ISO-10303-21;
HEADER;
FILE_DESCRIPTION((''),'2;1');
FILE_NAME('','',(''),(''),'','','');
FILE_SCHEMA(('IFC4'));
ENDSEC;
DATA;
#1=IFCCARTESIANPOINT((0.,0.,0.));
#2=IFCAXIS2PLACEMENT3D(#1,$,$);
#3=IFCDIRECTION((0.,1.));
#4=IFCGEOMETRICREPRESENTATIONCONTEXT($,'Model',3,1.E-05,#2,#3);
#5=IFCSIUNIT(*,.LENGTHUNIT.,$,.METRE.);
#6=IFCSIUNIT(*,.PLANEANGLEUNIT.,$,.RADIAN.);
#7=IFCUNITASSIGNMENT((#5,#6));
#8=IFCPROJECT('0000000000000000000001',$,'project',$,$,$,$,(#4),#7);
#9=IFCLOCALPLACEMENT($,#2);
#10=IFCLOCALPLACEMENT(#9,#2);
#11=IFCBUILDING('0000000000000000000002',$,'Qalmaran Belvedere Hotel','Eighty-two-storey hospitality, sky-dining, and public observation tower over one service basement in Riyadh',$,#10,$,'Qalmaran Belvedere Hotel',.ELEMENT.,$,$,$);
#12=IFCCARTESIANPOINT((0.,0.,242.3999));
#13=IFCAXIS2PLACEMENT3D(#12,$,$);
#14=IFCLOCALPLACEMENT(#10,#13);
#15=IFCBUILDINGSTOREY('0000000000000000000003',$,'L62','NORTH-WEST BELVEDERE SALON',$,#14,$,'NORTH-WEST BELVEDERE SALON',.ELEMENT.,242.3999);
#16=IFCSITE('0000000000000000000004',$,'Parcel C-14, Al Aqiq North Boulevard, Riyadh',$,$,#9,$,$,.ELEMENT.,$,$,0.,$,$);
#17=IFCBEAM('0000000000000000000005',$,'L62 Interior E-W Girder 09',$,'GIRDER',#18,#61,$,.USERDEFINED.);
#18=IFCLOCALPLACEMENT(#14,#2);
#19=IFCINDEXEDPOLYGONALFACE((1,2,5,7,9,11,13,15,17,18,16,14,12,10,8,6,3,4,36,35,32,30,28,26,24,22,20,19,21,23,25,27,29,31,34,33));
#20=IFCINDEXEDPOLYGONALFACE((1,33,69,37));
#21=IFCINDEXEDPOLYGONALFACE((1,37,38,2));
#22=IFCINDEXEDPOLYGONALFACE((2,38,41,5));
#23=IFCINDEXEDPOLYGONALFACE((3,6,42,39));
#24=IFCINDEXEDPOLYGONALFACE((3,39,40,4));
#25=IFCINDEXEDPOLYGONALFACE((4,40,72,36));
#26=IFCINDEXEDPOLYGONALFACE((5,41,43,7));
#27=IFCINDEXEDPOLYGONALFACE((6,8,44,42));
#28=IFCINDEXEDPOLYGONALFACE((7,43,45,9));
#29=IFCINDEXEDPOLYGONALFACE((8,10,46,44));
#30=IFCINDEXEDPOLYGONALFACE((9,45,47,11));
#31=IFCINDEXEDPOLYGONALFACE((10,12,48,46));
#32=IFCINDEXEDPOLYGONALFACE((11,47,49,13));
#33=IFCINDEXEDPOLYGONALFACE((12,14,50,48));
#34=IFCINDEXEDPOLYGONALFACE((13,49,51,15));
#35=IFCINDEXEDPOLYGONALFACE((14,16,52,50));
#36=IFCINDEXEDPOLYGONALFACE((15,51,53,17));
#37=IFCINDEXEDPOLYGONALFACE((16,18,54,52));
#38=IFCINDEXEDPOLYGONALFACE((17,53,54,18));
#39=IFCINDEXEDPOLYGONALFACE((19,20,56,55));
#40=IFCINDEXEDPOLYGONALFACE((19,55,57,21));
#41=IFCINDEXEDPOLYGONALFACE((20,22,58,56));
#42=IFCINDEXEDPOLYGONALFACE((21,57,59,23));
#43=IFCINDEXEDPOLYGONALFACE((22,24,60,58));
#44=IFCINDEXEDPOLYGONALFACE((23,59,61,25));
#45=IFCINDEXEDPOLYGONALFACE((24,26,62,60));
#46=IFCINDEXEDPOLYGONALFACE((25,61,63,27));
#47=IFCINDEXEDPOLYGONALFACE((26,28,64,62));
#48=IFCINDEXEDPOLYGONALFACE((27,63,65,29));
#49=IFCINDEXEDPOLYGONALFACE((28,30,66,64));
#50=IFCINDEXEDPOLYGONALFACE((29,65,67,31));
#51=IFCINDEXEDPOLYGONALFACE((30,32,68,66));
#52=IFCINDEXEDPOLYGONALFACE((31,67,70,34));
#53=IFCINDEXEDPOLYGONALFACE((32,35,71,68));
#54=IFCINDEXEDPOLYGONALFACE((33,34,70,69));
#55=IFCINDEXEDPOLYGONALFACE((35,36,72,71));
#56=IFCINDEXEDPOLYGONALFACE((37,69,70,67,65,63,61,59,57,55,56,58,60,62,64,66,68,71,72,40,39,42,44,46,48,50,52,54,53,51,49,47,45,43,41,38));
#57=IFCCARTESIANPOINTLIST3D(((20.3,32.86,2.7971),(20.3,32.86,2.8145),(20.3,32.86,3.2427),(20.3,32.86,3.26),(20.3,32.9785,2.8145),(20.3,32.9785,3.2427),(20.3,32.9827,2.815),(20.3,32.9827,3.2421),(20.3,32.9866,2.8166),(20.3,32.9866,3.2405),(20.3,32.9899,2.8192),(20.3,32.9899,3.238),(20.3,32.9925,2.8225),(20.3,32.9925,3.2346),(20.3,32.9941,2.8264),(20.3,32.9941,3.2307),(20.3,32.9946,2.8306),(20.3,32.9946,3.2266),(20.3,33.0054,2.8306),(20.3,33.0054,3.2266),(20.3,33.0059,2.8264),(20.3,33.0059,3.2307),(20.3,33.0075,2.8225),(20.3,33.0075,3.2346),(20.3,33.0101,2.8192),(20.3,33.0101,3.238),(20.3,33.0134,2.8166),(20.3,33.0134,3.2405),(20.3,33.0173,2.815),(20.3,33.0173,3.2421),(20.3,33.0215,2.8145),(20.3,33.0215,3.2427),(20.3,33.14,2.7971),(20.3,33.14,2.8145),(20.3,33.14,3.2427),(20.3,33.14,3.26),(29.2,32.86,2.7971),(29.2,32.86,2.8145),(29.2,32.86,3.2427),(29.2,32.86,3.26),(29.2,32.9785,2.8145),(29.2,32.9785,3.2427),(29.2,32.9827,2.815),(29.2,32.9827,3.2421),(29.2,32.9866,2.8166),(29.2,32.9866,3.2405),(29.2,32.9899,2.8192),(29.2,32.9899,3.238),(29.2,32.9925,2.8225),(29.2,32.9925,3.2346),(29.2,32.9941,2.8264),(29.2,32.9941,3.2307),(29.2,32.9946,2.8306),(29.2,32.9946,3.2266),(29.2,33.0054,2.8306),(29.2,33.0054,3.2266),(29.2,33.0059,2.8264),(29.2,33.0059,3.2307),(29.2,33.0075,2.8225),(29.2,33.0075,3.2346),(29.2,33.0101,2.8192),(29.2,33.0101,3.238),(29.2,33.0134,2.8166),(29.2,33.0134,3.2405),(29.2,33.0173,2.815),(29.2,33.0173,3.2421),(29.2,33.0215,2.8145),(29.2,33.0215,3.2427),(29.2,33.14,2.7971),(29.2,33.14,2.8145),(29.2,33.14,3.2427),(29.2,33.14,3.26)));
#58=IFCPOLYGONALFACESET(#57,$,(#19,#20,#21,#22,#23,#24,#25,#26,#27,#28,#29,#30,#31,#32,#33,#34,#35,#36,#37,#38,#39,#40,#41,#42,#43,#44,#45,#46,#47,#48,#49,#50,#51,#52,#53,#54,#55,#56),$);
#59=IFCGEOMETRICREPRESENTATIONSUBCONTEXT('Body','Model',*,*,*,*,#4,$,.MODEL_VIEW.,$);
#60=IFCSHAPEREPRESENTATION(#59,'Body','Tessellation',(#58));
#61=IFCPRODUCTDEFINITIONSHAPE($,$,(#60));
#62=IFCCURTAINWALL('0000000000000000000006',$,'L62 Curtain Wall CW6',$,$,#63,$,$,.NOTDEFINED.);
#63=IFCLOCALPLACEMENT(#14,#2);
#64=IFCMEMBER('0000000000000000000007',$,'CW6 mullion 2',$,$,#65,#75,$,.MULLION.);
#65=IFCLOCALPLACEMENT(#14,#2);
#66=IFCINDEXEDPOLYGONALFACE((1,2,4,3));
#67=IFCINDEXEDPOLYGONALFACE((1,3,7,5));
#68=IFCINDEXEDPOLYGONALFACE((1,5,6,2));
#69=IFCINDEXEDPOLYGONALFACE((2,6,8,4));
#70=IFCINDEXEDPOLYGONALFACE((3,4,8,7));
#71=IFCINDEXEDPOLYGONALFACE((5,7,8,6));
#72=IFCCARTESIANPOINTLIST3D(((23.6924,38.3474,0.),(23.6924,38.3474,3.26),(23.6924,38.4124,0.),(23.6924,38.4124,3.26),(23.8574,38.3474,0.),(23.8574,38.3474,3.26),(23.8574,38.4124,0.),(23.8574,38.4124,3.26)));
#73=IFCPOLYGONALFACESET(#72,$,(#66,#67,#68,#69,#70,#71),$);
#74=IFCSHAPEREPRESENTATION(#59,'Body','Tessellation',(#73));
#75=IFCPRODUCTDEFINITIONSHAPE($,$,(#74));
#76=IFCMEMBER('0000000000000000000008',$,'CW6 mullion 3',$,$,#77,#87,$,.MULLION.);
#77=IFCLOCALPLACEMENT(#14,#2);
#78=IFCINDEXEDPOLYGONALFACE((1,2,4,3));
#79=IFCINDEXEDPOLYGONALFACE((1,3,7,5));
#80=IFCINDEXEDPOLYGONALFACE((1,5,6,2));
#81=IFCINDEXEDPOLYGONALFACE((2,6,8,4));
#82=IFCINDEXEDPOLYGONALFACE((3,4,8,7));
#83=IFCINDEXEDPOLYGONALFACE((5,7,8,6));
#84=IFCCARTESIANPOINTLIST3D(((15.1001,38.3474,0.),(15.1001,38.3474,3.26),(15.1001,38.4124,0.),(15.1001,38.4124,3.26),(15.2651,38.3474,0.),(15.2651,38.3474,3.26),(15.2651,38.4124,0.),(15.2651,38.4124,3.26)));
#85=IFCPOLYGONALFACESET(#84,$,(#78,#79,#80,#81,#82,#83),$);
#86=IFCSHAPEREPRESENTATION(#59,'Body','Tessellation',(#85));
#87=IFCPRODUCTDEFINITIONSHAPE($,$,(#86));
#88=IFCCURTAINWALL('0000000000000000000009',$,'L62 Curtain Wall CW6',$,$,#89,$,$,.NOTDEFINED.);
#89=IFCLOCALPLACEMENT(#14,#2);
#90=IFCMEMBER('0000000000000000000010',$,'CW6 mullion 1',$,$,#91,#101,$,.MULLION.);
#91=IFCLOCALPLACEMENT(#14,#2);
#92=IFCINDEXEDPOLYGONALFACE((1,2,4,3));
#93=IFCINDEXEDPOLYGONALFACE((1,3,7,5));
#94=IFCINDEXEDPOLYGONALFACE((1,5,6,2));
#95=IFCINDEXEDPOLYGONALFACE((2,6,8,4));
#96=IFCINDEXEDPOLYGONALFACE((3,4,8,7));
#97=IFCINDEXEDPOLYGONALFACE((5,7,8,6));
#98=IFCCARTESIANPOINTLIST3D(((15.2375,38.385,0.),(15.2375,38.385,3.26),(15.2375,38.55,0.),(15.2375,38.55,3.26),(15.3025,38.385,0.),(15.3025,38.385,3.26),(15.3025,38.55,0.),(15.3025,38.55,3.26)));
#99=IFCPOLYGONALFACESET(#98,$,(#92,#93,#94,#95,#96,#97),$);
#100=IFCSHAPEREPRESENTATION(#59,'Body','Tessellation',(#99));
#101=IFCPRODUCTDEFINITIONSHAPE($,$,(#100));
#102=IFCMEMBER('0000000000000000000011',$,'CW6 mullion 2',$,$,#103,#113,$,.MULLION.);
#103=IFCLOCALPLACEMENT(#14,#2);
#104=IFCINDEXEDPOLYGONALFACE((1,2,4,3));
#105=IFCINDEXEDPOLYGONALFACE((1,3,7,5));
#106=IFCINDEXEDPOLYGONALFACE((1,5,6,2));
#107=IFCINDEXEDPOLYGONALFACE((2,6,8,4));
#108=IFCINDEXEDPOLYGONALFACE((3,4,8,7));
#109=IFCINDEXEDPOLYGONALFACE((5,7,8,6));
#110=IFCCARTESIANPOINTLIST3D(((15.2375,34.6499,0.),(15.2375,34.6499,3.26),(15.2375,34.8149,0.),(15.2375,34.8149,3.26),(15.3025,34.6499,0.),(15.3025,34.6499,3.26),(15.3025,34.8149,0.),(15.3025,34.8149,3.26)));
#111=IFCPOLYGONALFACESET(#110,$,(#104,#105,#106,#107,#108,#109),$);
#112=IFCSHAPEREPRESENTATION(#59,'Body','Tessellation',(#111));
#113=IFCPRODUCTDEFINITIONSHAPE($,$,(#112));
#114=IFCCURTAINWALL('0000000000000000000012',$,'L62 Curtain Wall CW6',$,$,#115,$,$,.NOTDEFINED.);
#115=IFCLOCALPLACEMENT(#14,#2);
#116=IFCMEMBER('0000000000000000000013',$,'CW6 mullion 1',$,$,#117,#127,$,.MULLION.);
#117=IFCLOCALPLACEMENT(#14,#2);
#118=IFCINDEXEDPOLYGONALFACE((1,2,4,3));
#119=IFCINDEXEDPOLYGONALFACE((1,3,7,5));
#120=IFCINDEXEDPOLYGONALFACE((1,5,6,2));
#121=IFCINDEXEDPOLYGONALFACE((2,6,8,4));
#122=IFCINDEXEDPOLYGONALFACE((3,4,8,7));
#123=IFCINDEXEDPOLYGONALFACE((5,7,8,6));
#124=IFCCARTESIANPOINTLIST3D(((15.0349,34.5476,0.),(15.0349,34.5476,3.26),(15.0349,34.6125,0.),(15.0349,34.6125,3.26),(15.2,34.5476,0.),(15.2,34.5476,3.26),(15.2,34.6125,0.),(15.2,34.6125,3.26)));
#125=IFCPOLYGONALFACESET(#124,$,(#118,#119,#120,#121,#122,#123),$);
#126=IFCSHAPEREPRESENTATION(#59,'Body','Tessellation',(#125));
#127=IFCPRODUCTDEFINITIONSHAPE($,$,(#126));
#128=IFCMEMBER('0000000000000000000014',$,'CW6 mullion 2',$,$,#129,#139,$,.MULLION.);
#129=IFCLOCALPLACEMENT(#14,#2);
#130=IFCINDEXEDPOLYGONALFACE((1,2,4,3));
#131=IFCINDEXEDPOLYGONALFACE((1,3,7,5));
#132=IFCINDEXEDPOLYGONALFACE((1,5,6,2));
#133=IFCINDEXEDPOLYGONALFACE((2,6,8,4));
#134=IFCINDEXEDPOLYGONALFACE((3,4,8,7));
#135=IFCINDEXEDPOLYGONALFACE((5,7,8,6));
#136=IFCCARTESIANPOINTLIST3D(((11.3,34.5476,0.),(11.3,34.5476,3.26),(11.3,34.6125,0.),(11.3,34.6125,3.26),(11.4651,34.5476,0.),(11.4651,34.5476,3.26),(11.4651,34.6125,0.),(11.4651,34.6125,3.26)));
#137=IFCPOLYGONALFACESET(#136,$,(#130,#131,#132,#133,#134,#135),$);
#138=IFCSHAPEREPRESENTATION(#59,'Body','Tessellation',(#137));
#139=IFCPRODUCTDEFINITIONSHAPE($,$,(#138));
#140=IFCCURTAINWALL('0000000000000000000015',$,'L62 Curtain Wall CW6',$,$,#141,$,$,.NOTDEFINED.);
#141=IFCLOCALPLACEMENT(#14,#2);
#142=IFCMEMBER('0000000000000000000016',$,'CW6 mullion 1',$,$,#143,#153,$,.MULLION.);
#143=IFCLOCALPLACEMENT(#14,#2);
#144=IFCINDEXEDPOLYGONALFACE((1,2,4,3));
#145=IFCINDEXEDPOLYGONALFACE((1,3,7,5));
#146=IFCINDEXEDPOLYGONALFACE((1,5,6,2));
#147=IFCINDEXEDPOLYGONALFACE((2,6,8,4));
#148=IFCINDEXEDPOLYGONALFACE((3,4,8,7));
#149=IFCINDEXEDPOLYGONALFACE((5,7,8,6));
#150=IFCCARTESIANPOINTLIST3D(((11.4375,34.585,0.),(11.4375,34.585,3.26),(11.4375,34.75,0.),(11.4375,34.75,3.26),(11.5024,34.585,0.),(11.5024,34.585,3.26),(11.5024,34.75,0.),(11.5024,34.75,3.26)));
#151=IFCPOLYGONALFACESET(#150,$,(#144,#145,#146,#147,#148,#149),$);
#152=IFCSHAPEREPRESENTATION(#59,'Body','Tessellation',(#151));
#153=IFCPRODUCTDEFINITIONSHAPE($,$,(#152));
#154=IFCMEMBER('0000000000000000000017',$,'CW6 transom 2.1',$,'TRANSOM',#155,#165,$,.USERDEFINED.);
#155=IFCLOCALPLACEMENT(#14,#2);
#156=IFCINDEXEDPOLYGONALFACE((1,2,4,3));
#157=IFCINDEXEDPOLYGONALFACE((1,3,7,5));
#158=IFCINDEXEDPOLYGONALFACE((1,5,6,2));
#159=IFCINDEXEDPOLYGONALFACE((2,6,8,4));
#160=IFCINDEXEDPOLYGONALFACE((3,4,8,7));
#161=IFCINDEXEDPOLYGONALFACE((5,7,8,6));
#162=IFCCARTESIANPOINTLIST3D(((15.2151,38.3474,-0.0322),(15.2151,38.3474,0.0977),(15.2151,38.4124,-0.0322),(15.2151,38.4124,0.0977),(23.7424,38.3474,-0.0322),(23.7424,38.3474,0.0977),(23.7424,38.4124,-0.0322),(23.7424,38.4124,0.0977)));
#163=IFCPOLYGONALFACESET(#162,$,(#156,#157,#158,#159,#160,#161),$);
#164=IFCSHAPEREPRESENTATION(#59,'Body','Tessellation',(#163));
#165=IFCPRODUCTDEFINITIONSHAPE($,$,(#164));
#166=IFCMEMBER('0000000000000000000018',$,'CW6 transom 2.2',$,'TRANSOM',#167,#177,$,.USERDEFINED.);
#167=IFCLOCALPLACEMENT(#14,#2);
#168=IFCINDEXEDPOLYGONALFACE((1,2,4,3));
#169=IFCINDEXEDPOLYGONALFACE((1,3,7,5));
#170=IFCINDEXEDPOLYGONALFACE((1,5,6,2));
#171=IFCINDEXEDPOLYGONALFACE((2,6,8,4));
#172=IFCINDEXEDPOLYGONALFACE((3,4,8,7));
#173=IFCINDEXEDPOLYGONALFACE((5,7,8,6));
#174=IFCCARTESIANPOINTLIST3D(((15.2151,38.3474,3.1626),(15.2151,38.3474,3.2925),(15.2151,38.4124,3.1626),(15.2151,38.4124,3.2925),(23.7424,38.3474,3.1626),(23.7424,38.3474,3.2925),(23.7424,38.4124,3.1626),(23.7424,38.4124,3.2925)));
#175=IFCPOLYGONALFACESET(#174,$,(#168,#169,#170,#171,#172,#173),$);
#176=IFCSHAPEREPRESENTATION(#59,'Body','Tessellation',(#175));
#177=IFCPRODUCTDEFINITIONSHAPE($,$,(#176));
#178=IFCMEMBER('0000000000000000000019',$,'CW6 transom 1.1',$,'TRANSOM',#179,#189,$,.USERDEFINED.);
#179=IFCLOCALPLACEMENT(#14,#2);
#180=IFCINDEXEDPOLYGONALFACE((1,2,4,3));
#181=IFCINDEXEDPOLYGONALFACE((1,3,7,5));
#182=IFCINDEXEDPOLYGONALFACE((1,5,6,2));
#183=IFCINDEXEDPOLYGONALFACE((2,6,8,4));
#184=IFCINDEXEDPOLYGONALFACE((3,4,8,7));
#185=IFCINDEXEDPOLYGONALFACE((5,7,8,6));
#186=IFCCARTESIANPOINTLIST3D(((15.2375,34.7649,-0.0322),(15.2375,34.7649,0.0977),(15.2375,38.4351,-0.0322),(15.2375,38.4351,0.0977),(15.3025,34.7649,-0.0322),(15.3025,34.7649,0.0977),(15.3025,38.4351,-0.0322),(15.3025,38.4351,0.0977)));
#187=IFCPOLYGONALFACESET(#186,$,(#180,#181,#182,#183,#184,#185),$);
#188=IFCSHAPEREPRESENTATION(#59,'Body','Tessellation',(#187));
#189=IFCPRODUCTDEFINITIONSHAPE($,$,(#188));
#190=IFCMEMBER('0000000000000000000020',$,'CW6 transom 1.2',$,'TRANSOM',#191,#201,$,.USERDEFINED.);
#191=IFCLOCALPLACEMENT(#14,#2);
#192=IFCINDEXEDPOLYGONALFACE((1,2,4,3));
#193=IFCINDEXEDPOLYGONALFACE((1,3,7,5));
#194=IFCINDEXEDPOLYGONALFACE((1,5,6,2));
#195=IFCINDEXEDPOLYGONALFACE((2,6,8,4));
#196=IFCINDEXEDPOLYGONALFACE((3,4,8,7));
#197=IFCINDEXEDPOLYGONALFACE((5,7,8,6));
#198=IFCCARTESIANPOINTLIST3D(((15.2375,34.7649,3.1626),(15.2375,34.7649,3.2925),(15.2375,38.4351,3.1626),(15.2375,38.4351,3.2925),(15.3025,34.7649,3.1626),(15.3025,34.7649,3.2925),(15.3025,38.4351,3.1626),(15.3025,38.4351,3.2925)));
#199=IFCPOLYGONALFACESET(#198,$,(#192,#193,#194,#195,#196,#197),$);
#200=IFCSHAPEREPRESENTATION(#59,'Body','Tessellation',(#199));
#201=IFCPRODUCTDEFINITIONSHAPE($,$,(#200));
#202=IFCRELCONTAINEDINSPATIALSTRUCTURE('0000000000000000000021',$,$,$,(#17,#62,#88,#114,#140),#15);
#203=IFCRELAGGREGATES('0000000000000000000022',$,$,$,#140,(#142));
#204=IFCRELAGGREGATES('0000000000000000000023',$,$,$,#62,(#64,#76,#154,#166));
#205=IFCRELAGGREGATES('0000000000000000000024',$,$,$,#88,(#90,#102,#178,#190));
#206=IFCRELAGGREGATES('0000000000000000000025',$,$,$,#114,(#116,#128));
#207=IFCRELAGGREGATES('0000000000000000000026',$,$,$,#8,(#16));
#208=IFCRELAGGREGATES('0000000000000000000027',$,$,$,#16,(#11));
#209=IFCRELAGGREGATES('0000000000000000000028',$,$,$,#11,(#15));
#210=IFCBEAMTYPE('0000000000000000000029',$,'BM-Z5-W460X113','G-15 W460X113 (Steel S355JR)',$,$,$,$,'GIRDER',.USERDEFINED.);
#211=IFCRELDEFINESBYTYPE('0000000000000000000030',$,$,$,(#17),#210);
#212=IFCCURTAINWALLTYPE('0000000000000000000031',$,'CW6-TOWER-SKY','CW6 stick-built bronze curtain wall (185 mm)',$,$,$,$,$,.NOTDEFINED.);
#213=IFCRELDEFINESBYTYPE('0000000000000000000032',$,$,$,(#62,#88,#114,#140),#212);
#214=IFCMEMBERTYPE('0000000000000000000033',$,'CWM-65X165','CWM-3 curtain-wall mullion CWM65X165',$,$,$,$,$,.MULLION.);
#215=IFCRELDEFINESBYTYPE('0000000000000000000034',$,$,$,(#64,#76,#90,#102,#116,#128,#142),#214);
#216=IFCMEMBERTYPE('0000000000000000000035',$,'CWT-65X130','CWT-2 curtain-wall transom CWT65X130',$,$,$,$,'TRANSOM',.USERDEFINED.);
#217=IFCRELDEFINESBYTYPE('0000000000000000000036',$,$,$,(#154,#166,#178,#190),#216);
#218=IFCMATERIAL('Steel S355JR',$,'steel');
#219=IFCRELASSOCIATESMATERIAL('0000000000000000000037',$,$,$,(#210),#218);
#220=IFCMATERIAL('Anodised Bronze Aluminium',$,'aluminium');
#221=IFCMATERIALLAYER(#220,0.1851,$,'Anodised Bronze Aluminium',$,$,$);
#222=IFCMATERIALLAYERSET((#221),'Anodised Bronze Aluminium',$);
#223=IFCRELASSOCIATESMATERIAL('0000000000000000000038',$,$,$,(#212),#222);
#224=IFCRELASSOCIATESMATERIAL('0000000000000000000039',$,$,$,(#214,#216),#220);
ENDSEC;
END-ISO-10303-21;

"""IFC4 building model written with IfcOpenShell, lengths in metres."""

from ifc_helpers import new_model, si_unit, direction, frame, origin, origin_2d, place, context, subcontext, project, spatial, rectangle, i_section, extrude, material, layer, layer_set, material_profile, profile_set, type_object, element, aggregate, save


model = new_model("IFC4")

# Units and contexts
model_context = context("Model", 3, precision=1e-05, world=origin(), true_north=direction((0.0, 1.0)))
body_context = subcontext(model_context, "Body", "Model", "MODEL_VIEW")
ifc_project = project(units=[si_unit("LENGTHUNIT", "METRE"), si_unit("PLANEANGLEUNIT", "RADIAN")], contexts=[model_context])

# Site, building, storey
site_placement = place(None, origin())
site = spatial("IfcSite", under=ifc_project, at=site_placement, Name="Parcel C-14, Al Aqiq North Boulevard, Riyadh", CompositionType="ELEMENT", RefElevation=0.0)
building_placement = place(site_placement, origin())
building = spatial("IfcBuilding", under=site, at=building_placement, Name="Qalmaran Belvedere Hotel", Description="Eighty-two-storey hospitality, sky-dining, and public observation tower over one service basement in Riyadh", LongName="Qalmaran Belvedere Hotel", CompositionType="ELEMENT")
storey_placement = place(building_placement, frame((0.0, 0.0, 242.3999)))
storey = spatial("IfcBuildingStorey", under=building, at=storey_placement, Name="L62", Description="NORTH-WEST BELVEDERE SALON", LongName="NORTH-WEST BELVEDERE SALON", CompositionType="ELEMENT", Elevation=242.3999)

# Beam
ifc_material_1 = material(Name="Steel S355JR", Category="steel")
ifc_material_profile_1 = material_profile(ifc_material_1, i_section(OverallWidth=0.28, OverallDepth=0.4629, WebThickness=0.0107, FlangeThickness=0.0173, FilletRadius=0.0161, at=origin_2d()), Name="W460X113")
ifc_profile_set_1 = profile_set([ifc_material_profile_1], Name="Steel S355JR")
beam_type_1 = type_object("IfcBeamType", Name="BM-Z5-W460X113", Description="G-15 W460X113 (Steel S355JR)", ElementType="GIRDER", PredefinedType="USERDEFINED", material=ifc_profile_set_1)
beam_1_placement = place(storey_placement, frame((20.3, 33.0, 3.0286), z_axis=(1.0, 0.0, 0.0), x_axis=(0.0, 1.0, 0.0)))
element("IfcBeam", 1, at=beam_1_placement, inside=storey, type_object=beam_type_1, Name="L62 Interior E-W Girder 09", ObjectType="GIRDER", PredefinedType="USERDEFINED", context=body_context, shape_type="SweptSolid", body=[
    extrude(i_section(OverallWidth=0.28, OverallDepth=0.4629, WebThickness=0.0107, FlangeThickness=0.0173, FilletRadius=0.0161, at=origin_2d()), origin(), (0.0, 0.0, 1.0), 8.8999),
])

# Curtain walls, members
ifc_material_2 = material(Name="Anodised Bronze Aluminium", Category="aluminium")
ifc_layer_1 = layer(ifc_material_2, 0.1851, Name="Anodised Bronze Aluminium")
ifc_layer_set_1 = layer_set([ifc_layer_1], Name="Anodised Bronze Aluminium")
curtain_wall_type = type_object("IfcCurtainWallType", Name="CW6-TOWER-SKY", Description="CW6 stick-built bronze curtain wall (185 mm)", PredefinedType="NOTDEFINED", material=ifc_layer_set_1)
curtain_wall_1_placement = place(storey_placement, origin())
curtain_wall_1 = element("IfcCurtainWall", 2, at=curtain_wall_1_placement, inside=storey, type_object=curtain_wall_type, Name="L62 Curtain Wall CW6", PredefinedType="NOTDEFINED")
ifc_material_profile_2 = material_profile(ifc_material_2, rectangle(XDim=0.0649, YDim=0.165, at=origin_2d()), Name="CWM65X165")
ifc_profile_set_2 = profile_set([ifc_material_profile_2], Name="Anodised Bronze Aluminium")
member_type_1 = type_object("IfcMemberType", Name="CWM-65X165", Description="CWM-3 curtain-wall mullion CWM65X165", PredefinedType="MULLION", material=ifc_profile_set_2)
member_1_placement = place(storey_placement, frame((23.7749, 38.3799, 0.0), z_axis=(0.0, 0.0, 1.0), x_axis=(0.0, -1.0, 0.0)))
member_1 = element("IfcMember", 3, at=member_1_placement, type_object=member_type_1, Name="CW6 mullion 2", PredefinedType="MULLION", context=body_context, shape_type="SweptSolid", body=[
    extrude(rectangle(XDim=0.0649, YDim=0.165, at=origin_2d()), origin(), (0.0, 0.0, 1.0), 3.26),
])
member_2_placement = place(storey_placement, frame((15.1826, 38.3799, 0.0), z_axis=(0.0, 0.0, 1.0), x_axis=(0.0, -1.0, 0.0)))
member_2 = element("IfcMember", 4, at=member_2_placement, type_object=member_type_1, Name="CW6 mullion 3", PredefinedType="MULLION", context=body_context, shape_type="SweptSolid", body=[
    extrude(rectangle(XDim=0.0649, YDim=0.165, at=origin_2d()), origin(), (0.0, 0.0, 1.0), 3.26),
])
curtain_wall_2_placement = place(storey_placement, origin())
curtain_wall_2 = element("IfcCurtainWall", 5, at=curtain_wall_2_placement, inside=storey, type_object=curtain_wall_type, Name="L62 Curtain Wall CW6", PredefinedType="NOTDEFINED")
member_3_placement = place(storey_placement, frame((15.27, 38.4675, 0.0), z_axis=(0.0, 0.0, 1.0), x_axis=(1.0, 0.0, 0.0)))
member_3 = element("IfcMember", 6, at=member_3_placement, type_object=member_type_1, Name="CW6 mullion 1", PredefinedType="MULLION", context=body_context, shape_type="SweptSolid", body=[
    extrude(rectangle(XDim=0.0649, YDim=0.165, at=origin_2d()), origin(), (0.0, 0.0, 1.0), 3.26),
])
member_4_placement = place(storey_placement, frame((15.27, 34.7324, 0.0), z_axis=(0.0, 0.0, 1.0), x_axis=(1.0, 0.0, 0.0)))
member_4 = element("IfcMember", 7, at=member_4_placement, type_object=member_type_1, Name="CW6 mullion 2", PredefinedType="MULLION", context=body_context, shape_type="SweptSolid", body=[
    extrude(rectangle(XDim=0.0649, YDim=0.165, at=origin_2d()), origin(), (0.0, 0.0, 1.0), 3.26),
])
curtain_wall_3_placement = place(storey_placement, origin())
curtain_wall_3 = element("IfcCurtainWall", 8, at=curtain_wall_3_placement, inside=storey, type_object=curtain_wall_type, Name="L62 Curtain Wall CW6", PredefinedType="NOTDEFINED")
member_5_placement = place(storey_placement, frame((15.1174, 34.5801, 0.0), z_axis=(0.0, 0.0, 1.0), x_axis=(0.0, -1.0, 0.0)))
member_5 = element("IfcMember", 9, at=member_5_placement, type_object=member_type_1, Name="CW6 mullion 1", PredefinedType="MULLION", context=body_context, shape_type="SweptSolid", body=[
    extrude(rectangle(XDim=0.0649, YDim=0.165, at=origin_2d()), origin(), (0.0, 0.0, 1.0), 3.26),
])
member_6_placement = place(storey_placement, frame((11.3826, 34.5801, 0.0), z_axis=(0.0, 0.0, 1.0), x_axis=(0.0, -1.0, 0.0)))
member_6 = element("IfcMember", 10, at=member_6_placement, type_object=member_type_1, Name="CW6 mullion 2", PredefinedType="MULLION", context=body_context, shape_type="SweptSolid", body=[
    extrude(rectangle(XDim=0.0649, YDim=0.165, at=origin_2d()), origin(), (0.0, 0.0, 1.0), 3.26),
])

# Curtain wall, member
curtain_wall_4_placement = place(storey_placement, origin())
curtain_wall_4 = element("IfcCurtainWall", 11, at=curtain_wall_4_placement, inside=storey, type_object=curtain_wall_type, Name="L62 Curtain Wall CW6", PredefinedType="NOTDEFINED")
member_7_placement = place(storey_placement, frame((11.47, 34.6675, 0.0), z_axis=(0.0, 0.0, 1.0), x_axis=(1.0, 0.0, 0.0)))
member_7 = element("IfcMember", 12, at=member_7_placement, type_object=member_type_1, Name="CW6 mullion 1", PredefinedType="MULLION", context=body_context, shape_type="SweptSolid", body=[
    extrude(rectangle(XDim=0.0649, YDim=0.165, at=origin_2d()), origin(), (0.0, 0.0, 1.0), 3.26),
])

# Members
ifc_material_profile_3 = material_profile(ifc_material_2, rectangle(XDim=0.0649, YDim=0.1299, at=origin_2d()), Name="CWT65X130")
ifc_profile_set_3 = profile_set([ifc_material_profile_3], Name="Anodised Bronze Aluminium")
member_type_2 = type_object("IfcMemberType", Name="CWT-65X130", Description="CWT-2 curtain-wall transom CWT65X130", ElementType="TRANSOM", PredefinedType="USERDEFINED", material=ifc_profile_set_3)
member_8_placement = place(storey_placement, frame((23.7424, 38.3799, 0.0327), z_axis=(-1.0, 0.0, 0.0), x_axis=(0.0, -1.0, 0.0)))
member_8 = element("IfcMember", 13, at=member_8_placement, type_object=member_type_2, Name="CW6 transom 2.1", ObjectType="TRANSOM", PredefinedType="USERDEFINED", context=body_context, shape_type="SweptSolid", body=[
    extrude(rectangle(XDim=0.0649, YDim=0.1299, at=origin_2d()), origin(), (0.0, 0.0, 1.0), 8.5273),
])
member_9_placement = place(storey_placement, frame((23.7424, 38.3799, 3.2275), z_axis=(-1.0, 0.0, 0.0), x_axis=(0.0, -1.0, 0.0)))
member_9 = element("IfcMember", 14, at=member_9_placement, type_object=member_type_2, Name="CW6 transom 2.2", ObjectType="TRANSOM", PredefinedType="USERDEFINED", context=body_context, shape_type="SweptSolid", body=[
    extrude(rectangle(XDim=0.0649, YDim=0.1299, at=origin_2d()), origin(), (0.0, 0.0, 1.0), 8.5273),
])
member_10_placement = place(storey_placement, frame((15.27, 38.4351, 0.0327), z_axis=(0.0, -1.0, 0.0), x_axis=(1.0, 0.0, 0.0)))
member_10 = element("IfcMember", 15, at=member_10_placement, type_object=member_type_2, Name="CW6 transom 1.1", ObjectType="TRANSOM", PredefinedType="USERDEFINED", context=body_context, shape_type="SweptSolid", body=[
    extrude(rectangle(XDim=0.0649, YDim=0.1299, at=origin_2d()), origin(), (0.0, 0.0, 1.0), 3.6702),
])
member_11_placement = place(storey_placement, frame((15.27, 38.4351, 3.2275), z_axis=(0.0, -1.0, 0.0), x_axis=(1.0, 0.0, 0.0)))
member_11 = element("IfcMember", 16, at=member_11_placement, type_object=member_type_2, Name="CW6 transom 1.2", ObjectType="TRANSOM", PredefinedType="USERDEFINED", context=body_context, shape_type="SweptSolid", body=[
    extrude(rectangle(XDim=0.0649, YDim=0.1299, at=origin_2d()), origin(), (0.0, 0.0, 1.0), 3.6702),
])
aggregate(curtain_wall_4, [member_7])

aggregate(curtain_wall_1, [member_1, member_2, member_8, member_9])
aggregate(curtain_wall_2, [member_3, member_4, member_10, member_11])
aggregate(curtain_wall_3, [member_5, member_6])

save(model, "model.ifc")
